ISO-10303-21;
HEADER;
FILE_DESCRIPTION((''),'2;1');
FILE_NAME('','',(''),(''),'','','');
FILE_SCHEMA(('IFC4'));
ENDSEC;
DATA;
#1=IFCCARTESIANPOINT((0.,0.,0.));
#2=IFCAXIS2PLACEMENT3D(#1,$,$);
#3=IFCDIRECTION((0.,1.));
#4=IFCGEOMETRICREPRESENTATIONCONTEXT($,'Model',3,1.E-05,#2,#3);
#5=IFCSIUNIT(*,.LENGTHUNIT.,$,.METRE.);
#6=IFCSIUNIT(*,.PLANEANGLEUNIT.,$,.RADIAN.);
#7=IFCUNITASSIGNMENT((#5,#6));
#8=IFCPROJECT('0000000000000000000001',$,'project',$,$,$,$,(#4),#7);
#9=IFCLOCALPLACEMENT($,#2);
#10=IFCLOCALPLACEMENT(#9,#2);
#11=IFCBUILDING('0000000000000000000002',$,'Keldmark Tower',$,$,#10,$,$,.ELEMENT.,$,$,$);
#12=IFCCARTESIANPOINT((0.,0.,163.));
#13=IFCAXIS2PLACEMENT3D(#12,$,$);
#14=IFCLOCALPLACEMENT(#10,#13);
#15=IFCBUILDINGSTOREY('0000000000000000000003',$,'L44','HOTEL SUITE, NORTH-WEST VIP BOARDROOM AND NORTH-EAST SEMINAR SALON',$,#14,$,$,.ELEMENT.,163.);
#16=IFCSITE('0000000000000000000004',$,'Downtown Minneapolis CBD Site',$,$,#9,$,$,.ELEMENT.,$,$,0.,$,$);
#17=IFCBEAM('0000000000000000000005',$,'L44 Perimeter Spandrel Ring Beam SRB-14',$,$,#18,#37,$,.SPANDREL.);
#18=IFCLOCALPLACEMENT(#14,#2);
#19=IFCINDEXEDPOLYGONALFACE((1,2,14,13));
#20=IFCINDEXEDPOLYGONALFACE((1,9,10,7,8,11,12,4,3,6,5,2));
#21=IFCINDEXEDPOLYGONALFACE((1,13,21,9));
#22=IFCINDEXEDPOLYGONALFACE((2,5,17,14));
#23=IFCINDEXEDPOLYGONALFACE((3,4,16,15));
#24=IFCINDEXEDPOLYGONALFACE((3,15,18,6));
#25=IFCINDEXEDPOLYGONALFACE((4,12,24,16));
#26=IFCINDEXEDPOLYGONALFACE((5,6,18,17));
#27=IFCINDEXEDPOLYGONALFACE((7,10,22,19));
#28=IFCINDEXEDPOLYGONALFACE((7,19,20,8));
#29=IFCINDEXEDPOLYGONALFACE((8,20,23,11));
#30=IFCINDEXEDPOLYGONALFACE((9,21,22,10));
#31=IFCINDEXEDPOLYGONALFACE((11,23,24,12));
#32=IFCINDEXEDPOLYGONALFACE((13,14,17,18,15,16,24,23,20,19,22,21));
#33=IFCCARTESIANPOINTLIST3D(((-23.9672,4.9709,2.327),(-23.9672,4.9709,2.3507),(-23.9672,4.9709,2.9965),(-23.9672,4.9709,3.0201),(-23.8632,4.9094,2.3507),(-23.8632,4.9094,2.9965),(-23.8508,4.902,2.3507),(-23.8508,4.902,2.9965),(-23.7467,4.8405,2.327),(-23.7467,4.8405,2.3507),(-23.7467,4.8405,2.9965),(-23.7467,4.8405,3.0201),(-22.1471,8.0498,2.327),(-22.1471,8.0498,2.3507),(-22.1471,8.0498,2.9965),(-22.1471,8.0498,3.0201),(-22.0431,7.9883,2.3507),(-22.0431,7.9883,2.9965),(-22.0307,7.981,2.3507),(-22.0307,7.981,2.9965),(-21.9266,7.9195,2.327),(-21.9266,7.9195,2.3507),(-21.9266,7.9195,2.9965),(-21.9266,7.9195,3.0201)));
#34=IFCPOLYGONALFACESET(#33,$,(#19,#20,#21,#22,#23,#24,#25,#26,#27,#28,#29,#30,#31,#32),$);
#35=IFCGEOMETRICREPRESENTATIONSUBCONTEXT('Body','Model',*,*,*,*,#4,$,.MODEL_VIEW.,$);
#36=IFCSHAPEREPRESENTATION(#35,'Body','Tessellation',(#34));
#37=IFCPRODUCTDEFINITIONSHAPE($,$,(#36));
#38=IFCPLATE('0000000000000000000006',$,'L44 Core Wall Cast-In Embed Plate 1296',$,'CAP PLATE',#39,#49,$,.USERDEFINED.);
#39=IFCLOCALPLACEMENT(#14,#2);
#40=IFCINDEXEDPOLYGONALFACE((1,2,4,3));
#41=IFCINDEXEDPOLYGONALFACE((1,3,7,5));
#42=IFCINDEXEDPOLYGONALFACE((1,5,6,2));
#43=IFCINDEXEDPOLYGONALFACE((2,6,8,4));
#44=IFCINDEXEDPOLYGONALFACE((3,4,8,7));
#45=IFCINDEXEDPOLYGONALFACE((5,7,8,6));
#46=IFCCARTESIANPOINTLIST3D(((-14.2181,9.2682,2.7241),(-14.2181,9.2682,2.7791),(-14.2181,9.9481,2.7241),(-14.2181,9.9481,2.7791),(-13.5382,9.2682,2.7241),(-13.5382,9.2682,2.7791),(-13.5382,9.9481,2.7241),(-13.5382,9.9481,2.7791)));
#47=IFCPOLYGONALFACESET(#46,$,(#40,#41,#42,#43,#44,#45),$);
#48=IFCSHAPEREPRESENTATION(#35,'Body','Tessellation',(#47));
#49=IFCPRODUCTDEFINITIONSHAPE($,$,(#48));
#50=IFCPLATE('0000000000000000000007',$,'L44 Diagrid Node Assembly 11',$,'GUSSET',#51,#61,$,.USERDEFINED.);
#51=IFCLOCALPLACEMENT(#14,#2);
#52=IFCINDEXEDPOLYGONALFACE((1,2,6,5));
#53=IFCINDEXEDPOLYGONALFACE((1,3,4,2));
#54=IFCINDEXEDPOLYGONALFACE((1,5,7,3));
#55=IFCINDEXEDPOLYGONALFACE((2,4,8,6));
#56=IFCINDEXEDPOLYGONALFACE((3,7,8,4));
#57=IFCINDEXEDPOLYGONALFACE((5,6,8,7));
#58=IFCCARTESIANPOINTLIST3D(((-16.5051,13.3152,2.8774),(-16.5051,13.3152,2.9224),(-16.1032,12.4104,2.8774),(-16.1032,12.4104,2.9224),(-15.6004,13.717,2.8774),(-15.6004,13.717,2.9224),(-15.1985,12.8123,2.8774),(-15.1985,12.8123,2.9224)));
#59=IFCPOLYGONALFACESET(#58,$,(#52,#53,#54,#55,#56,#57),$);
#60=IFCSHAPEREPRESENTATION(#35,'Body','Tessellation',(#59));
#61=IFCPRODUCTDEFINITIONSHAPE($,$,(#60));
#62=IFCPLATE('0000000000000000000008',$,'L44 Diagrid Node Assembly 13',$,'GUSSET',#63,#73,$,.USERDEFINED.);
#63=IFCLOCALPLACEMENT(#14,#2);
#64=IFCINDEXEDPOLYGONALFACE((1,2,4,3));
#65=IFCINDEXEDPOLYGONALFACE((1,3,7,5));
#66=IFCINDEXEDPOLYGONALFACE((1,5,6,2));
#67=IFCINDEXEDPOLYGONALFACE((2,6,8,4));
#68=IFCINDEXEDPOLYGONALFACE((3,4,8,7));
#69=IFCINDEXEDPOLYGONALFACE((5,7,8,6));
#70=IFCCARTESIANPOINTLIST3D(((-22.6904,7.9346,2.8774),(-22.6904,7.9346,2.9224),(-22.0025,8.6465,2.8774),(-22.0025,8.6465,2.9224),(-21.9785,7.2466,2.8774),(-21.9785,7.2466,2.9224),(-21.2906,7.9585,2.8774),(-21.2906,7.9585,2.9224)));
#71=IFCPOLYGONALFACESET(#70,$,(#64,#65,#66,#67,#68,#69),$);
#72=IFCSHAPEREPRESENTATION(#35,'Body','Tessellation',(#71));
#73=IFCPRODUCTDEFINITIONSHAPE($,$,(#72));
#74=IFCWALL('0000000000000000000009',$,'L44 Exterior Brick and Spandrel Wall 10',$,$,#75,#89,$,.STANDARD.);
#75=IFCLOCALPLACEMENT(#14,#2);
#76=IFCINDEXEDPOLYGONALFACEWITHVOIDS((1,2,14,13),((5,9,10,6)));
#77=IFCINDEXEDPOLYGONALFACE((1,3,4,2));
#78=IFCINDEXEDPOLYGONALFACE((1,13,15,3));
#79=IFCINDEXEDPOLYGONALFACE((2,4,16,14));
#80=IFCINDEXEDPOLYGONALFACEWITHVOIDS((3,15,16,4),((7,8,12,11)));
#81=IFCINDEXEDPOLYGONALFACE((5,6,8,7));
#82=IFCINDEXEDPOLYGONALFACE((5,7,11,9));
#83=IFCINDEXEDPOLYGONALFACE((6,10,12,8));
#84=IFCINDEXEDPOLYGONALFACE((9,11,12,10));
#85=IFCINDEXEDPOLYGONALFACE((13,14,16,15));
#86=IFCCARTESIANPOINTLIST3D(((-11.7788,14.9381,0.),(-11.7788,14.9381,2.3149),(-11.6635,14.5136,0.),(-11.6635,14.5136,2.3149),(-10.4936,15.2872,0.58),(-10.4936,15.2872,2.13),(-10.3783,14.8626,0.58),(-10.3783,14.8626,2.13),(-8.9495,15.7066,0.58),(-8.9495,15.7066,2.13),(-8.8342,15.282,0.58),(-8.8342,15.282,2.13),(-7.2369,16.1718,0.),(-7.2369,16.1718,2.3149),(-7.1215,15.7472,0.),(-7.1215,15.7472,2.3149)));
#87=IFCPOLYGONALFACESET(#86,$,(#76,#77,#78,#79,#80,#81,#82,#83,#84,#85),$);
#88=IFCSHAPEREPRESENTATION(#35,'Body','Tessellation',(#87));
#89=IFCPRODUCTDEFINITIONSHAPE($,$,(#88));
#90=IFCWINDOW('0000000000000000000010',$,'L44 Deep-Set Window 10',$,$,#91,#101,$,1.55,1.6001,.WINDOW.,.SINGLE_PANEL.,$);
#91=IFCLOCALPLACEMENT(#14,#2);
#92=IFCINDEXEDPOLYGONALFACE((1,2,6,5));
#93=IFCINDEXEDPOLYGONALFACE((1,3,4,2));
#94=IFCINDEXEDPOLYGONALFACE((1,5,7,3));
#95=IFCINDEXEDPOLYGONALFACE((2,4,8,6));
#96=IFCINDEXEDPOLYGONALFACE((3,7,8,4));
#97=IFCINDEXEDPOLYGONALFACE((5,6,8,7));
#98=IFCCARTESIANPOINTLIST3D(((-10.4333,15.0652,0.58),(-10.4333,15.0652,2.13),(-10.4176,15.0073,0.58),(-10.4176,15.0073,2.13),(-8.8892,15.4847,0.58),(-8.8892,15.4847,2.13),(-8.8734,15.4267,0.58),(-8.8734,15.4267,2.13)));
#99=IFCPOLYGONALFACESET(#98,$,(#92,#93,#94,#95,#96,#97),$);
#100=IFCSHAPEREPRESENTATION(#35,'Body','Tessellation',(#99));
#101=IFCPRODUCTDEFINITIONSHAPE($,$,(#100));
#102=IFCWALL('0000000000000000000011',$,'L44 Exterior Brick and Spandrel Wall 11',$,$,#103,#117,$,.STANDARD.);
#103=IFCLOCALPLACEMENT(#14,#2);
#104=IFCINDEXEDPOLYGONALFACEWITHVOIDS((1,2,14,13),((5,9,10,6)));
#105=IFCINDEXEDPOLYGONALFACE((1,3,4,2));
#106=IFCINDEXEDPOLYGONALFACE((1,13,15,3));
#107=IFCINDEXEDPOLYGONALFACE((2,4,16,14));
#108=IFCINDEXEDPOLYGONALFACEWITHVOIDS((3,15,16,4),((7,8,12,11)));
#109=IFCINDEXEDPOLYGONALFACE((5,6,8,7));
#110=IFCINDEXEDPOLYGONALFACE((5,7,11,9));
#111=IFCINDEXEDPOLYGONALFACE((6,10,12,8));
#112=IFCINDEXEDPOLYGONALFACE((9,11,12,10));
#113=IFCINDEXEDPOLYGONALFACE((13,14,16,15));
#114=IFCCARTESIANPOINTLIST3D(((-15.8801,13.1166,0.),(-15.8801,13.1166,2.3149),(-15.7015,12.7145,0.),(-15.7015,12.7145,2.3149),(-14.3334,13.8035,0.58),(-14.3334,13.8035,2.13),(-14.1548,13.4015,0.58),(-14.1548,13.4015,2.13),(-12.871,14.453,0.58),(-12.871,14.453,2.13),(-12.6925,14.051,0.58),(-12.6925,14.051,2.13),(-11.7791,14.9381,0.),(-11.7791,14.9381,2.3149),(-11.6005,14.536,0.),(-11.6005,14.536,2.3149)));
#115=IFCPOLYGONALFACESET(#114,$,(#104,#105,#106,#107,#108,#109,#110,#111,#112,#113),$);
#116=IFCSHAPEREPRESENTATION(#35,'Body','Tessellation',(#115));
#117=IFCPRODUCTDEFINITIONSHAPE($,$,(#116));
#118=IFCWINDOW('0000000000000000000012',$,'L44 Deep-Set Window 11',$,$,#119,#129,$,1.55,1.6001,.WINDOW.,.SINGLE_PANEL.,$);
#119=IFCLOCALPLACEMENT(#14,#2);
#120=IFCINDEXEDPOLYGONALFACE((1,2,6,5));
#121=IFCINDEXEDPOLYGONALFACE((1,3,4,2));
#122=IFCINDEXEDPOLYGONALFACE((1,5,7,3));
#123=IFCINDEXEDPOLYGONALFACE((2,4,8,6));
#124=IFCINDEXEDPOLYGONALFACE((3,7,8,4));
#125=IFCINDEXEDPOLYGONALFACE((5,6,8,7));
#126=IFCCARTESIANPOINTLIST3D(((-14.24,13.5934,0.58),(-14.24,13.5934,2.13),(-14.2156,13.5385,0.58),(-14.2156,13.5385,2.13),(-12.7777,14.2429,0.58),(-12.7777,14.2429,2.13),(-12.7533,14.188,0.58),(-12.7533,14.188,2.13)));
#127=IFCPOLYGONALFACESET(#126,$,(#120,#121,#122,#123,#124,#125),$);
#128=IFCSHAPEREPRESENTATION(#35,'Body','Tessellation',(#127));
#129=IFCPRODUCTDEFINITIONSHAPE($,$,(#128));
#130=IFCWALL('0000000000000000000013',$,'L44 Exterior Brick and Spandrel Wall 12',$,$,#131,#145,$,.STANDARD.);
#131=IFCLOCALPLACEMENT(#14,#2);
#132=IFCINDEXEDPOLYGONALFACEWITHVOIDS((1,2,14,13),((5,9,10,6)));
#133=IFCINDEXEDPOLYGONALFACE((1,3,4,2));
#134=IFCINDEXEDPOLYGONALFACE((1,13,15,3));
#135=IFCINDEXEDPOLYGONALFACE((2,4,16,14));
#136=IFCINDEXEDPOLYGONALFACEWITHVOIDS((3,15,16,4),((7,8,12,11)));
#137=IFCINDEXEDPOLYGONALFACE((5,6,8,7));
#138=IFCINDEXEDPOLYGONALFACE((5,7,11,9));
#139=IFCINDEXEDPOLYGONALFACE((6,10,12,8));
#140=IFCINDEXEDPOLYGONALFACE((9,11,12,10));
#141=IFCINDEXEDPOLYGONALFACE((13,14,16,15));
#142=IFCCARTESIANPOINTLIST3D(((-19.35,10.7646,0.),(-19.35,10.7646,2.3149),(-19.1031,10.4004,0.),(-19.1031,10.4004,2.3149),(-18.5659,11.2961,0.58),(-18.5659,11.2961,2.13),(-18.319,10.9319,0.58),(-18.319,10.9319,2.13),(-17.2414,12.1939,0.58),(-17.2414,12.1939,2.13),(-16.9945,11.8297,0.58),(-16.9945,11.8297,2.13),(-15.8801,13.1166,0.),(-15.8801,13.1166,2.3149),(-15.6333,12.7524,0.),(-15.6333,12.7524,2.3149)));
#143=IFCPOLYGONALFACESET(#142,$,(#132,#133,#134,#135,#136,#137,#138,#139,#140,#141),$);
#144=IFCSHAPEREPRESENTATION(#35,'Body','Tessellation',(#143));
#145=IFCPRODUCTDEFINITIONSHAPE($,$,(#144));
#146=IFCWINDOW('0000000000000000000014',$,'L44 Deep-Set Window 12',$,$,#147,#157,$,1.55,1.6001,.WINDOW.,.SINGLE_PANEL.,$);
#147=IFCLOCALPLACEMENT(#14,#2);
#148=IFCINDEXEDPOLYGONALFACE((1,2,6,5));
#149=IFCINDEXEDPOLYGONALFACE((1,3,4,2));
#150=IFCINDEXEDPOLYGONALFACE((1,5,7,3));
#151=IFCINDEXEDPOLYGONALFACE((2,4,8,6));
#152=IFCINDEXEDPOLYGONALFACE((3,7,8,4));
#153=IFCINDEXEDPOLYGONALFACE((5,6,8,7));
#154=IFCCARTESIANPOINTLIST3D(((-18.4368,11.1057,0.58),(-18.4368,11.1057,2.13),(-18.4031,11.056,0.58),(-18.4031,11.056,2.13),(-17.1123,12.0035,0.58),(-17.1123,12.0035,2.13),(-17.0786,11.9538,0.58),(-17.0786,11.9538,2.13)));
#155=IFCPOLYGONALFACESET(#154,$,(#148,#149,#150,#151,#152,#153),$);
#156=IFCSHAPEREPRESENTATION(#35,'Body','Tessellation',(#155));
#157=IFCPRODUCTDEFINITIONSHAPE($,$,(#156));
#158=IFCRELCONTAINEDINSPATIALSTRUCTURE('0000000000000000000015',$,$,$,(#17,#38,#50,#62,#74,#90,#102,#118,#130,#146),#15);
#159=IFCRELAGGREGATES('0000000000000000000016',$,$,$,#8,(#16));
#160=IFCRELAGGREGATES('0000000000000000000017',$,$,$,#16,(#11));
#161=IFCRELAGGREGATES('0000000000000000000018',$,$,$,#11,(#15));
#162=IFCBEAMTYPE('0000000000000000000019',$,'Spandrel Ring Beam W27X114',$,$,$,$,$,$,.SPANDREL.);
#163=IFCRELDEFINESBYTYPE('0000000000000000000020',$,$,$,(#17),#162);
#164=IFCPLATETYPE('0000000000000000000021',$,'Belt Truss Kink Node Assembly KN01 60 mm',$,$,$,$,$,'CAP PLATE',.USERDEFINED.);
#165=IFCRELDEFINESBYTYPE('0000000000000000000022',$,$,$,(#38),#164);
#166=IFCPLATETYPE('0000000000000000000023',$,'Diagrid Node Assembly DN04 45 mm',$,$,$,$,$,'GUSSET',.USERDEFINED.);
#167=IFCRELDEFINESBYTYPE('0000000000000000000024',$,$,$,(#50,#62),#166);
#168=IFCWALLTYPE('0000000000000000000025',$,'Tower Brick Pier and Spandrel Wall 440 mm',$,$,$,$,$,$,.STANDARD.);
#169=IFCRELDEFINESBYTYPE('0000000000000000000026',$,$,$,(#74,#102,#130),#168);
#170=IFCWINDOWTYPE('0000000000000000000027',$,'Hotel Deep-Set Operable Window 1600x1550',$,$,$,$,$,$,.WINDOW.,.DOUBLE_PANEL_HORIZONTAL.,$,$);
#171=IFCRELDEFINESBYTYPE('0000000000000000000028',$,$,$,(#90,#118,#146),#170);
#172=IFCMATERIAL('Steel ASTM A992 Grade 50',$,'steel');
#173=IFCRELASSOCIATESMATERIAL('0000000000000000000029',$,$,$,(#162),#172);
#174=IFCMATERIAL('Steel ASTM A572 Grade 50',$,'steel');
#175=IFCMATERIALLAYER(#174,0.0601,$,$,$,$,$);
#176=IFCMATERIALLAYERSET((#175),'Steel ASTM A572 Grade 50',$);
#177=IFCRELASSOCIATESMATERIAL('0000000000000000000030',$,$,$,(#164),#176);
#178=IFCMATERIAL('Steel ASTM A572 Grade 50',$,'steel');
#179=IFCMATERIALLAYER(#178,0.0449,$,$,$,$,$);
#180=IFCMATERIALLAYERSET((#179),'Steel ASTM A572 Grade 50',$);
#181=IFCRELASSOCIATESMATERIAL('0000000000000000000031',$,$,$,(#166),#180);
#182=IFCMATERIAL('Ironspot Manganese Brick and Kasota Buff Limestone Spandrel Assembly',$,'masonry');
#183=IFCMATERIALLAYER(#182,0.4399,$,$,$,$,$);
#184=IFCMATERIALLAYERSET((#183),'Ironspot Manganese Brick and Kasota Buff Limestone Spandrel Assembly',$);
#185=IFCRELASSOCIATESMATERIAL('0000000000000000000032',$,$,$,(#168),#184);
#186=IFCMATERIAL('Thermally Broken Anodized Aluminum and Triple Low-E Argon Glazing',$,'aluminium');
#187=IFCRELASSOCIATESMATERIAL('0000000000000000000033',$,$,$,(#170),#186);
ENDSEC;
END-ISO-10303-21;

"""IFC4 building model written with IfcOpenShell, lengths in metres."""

from ifc_helpers import new_model, si_unit, direction, frame, frame_2d, origin, origin_2d, place, context, subcontext, project, spatial, rectangle, i_section, extrude, material, layer, layer_set, material_profile, profile_set, type_object, element, fill, save


model = new_model("IFC4")

# Units and contexts
model_context = context("Model", 3, precision=1e-05, world=origin(), true_north=direction((0.0, 1.0)))
body_context = subcontext(model_context, "Body", "Model", "MODEL_VIEW")
ifc_project = project(units=[si_unit("LENGTHUNIT", "METRE"), si_unit("PLANEANGLEUNIT", "RADIAN")], contexts=[model_context])

# Site, building, storey
site_placement = place(None, origin())
site = spatial("IfcSite", under=ifc_project, at=site_placement, Name="Downtown Minneapolis CBD Site", CompositionType="ELEMENT", RefElevation=0.0)
building_placement = place(site_placement, origin())
building = spatial("IfcBuilding", under=site, at=building_placement, Name="Keldmark Tower", CompositionType="ELEMENT")
storey_placement = place(building_placement, frame((0.0, 0.0, 163.0)))
storey = spatial("IfcBuildingStorey", under=building, at=storey_placement, Name="L44", Description="HOTEL SUITE, NORTH-WEST VIP BOARDROOM AND NORTH-EAST SEMINAR SALON", CompositionType="ELEMENT", Elevation=163.0)

# Beam
ifc_material_1 = material(Name="Steel ASTM A992 Grade 50", Category="steel")
ifc_material_profile_1 = material_profile(ifc_material_1, i_section(OverallWidth=0.2561, OverallDepth=0.6931, WebThickness=0.0144, FlangeThickness=0.0237, at=origin_2d()), Name="W27X114")
ifc_profile_set_1 = profile_set([ifc_material_profile_1], Name="Steel ASTM A992 Grade 50")
beam_type_1 = type_object("IfcBeamType", Name="Spandrel Ring Beam W27X114", PredefinedType="SPANDREL", material=ifc_profile_set_1)
beam_1_placement = place(storey_placement, frame((-22.0369, 7.9846, 2.6736), z_axis=(-0.508883, -0.860835, 0.0), x_axis=(0.860835, -0.508883, 0.0)))
element("IfcBeam", 1, at=beam_1_placement, inside=storey, type_object=beam_type_1, Name="L44 Perimeter Spandrel Ring Beam SRB-14", PredefinedType="SPANDREL", context=body_context, shape_type="SweptSolid", body=[
    extrude(i_section(OverallWidth=0.2561, OverallDepth=0.6931, WebThickness=0.0144, FlangeThickness=0.0237, at=origin_2d()), origin(), (0.0, 0.0, 1.0), 3.5767),
])

# Plates
ifc_material_2 = material(Name="Steel ASTM A572 Grade 50", Category="steel")
ifc_layer_1 = layer(ifc_material_2, 0.0601)
ifc_layer_set_1 = layer_set([ifc_layer_1], Name="Steel ASTM A572 Grade 50")
plate_type_1 = type_object("IfcPlateType", Name="Belt Truss Kink Node Assembly KN01 60 mm", ElementType="CAP PLATE", PredefinedType="USERDEFINED", material=ifc_layer_set_1)
plate_placement = place(storey_placement, frame((-13.8782, 9.6082, 2.7241), z_axis=(0.0, 0.0, 1.0), x_axis=(1.0, 0.0, 0.0)))
element("IfcPlate", 2, at=plate_placement, inside=storey, type_object=plate_type_1, Name="L44 Core Wall Cast-In Embed Plate 1296", ObjectType="CAP PLATE", PredefinedType="USERDEFINED", context=body_context, shape_type="SweptSolid", body=[
    extrude(rectangle(XDim=0.6799, YDim=0.6799, at=origin_2d()), origin(), (0.0, 0.0, 1.0), 0.0549),
])
ifc_material_3 = material(Name="Steel ASTM A572 Grade 50", Category="steel")
ifc_layer_2 = layer(ifc_material_3, 0.0449)
ifc_layer_set_2 = layer_set([ifc_layer_2], Name="Steel ASTM A572 Grade 50")
plate_type_2 = type_object("IfcPlateType", Name="Diagrid Node Assembly DN04 45 mm", ElementType="GUSSET", PredefinedType="USERDEFINED", material=ifc_layer_set_2)
for number, where, z_axis, x_axis, name in (
    (3, (-15.8518, 13.0637, 2.8774), (0.0, 0.0, 1.0), (-0.9139, -0.405939, 0.0), "L44 Diagrid Node Assembly 11"),
    (4, (-21.9905, 7.9465, 2.8774), (0.0, 0.0, 1.0), (-0.694909, -0.719097, 0.0), "L44 Diagrid Node Assembly 13"),
):
    element("IfcPlate", number, at=place(storey_placement, frame(where, z_axis=z_axis, x_axis=x_axis)), inside=storey, type_object=plate_type_2, Name=name, ObjectType="GUSSET", PredefinedType="USERDEFINED", context=body_context, shape_type="SweptSolid", body=[
        extrude(rectangle(XDim=0.99, YDim=0.99, at=origin_2d()), origin(), (0.0, 0.0, 1.0), 0.0449),
    ])

# Walls, openings, windows
ifc_material_4 = material(Name="Ironspot Manganese Brick and Kasota Buff Limestone Spandrel Assembly", Category="masonry")
ifc_layer_3 = layer(ifc_material_4, 0.4399)
ifc_layer_set_3 = layer_set([ifc_layer_3], Name="Ironspot Manganese Brick and Kasota Buff Limestone Spandrel Assembly")
wall_type_1 = type_object("IfcWallType", Name="Tower Brick Pier and Spandrel Wall 440 mm", PredefinedType="STANDARD", material=ifc_layer_set_3)
wall_1_placement = place(storey_placement, frame((-11.7212, 14.7258, 0.0), z_axis=(0.0, 0.0, 1.0), x_axis=(0.965037, 0.262112, 0.0)))
wall_1 = element("IfcWall", 5, at=wall_1_placement, inside=storey, type_object=wall_type_1, Name="L44 Exterior Brick and Spandrel Wall 10", PredefinedType="STANDARD", context=body_context, shape_type="SweptSolid", body=[
    extrude(rectangle(XDim=4.7065, YDim=0.4399, at=frame_2d((2.3533, 0.0))), origin(), (0.0, 0.0, 1.0), 2.3149),
])
opening_1_placement = place(wall_1_placement, frame((1.3318, 0.0, 0.5801)))
opening_1 = element("IfcOpeningElement", 6, at=opening_1_placement, cuts=wall_1, PredefinedType="OPENING", context=body_context, shape_type="SweptSolid", body=[
    extrude(rectangle(XDim=1.6001, YDim=1.55, at=frame_2d((0.8, 0.7749))), frame((0.0, 0.23, 0.0), z_axis=(0.0, -1.0, 0.0), x_axis=(1.0, 0.0, 0.0)), (0.0, 0.0, 1.0), 0.46),
])
ifc_material_5 = material(Name="Thermally Broken Anodized Aluminum and Triple Low-E Argon Glazing", Category="aluminium")
window_type = type_object("IfcWindowType", Name="Hotel Deep-Set Operable Window 1600x1550", PartitioningType="DOUBLE_PANEL_HORIZONTAL", PredefinedType="WINDOW", material=ifc_material_5)
window_1_placement = place(opening_1_placement, origin())
window_1 = element("IfcWindow", 7, at=window_1_placement, inside=storey, type_object=window_type, Name="L44 Deep-Set Window 10", OverallHeight=1.55, OverallWidth=1.6001, PartitioningType="SINGLE_PANEL", PredefinedType="WINDOW", context=body_context, shape_type="SweptSolid", body=[
    extrude(rectangle(XDim=1.6001, YDim=1.55, at=frame_2d((0.8, 0.7749))), frame((0.0, -0.01, 0.0), z_axis=(0.0, -1.0, 0.0), x_axis=(1.0, 0.0, 0.0)), (0.0, 0.0, 1.0), 0.0601),
])
fill(opening_1, window_1)
wall_2_placement = place(storey_placement, frame((-15.7908, 12.9155, 0.0), z_axis=(0.0, 0.0, 1.0), x_axis=(0.913908, 0.405921, 0.0)))
wall_2 = element("IfcWall", 8, at=wall_2_placement, inside=storey, type_object=wall_type_1, Name="L44 Exterior Brick and Spandrel Wall 11", PredefinedType="STANDARD", context=body_context, shape_type="SweptSolid", body=[
    extrude(rectangle(XDim=4.4873, YDim=0.4399, at=frame_2d((2.2437, 0.0))), origin(), (0.0, 0.0, 1.0), 2.3149),
])
opening_2_placement = place(wall_2_placement, frame((1.6924, 0.0, 0.5801)))
opening_2 = element("IfcOpeningElement", 9, at=opening_2_placement, cuts=wall_2, PredefinedType="OPENING", context=body_context, shape_type="SweptSolid", body=[
    extrude(rectangle(XDim=1.6001, YDim=1.55, at=frame_2d((0.8, 0.7749))), frame((0.0, 0.23, 0.0), z_axis=(0.0, -1.0, 0.0), x_axis=(1.0, 0.0, 0.0)), (0.0, 0.0, 1.0), 0.46),
])
window_2_placement = place(opening_2_placement, origin())
window_2 = element("IfcWindow", 10, at=window_2_placement, inside=storey, type_object=window_type, Name="L44 Deep-Set Window 11", OverallHeight=1.55, OverallWidth=1.6001, PartitioningType="SINGLE_PANEL", PredefinedType="WINDOW", context=body_context, shape_type="SweptSolid", body=[
    extrude(rectangle(XDim=1.6001, YDim=1.55, at=frame_2d((0.8, 0.7749))), frame((0.0, -0.01, 0.0), z_axis=(0.0, -1.0, 0.0), x_axis=(1.0, 0.0, 0.0)), (0.0, 0.0, 1.0), 0.0601),
])
fill(opening_2, window_2)
wall_3_placement = place(storey_placement, frame((-19.2266, 10.5825, 0.0), z_axis=(0.0, 0.0, 1.0), x_axis=(0.827761, 0.561081, 0.0)))
wall_3 = element("IfcWall", 11, at=wall_3_placement, inside=storey, type_object=wall_type_1, Name="L44 Exterior Brick and Spandrel Wall 12", PredefinedType="STANDARD", context=body_context, shape_type="SweptSolid", body=[
    extrude(rectangle(XDim=4.1919, YDim=0.4399, at=frame_2d((2.0959, 0.0))), origin(), (0.0, 0.0, 1.0), 2.3149),
])
opening_3_placement = place(wall_3_placement, frame((0.9473, 0.0, 0.5801)))
opening_3 = element("IfcOpeningElement", 12, at=opening_3_placement, cuts=wall_3, PredefinedType="OPENING", context=body_context, shape_type="SweptSolid", body=[
    extrude(rectangle(XDim=1.6001, YDim=1.55, at=frame_2d((0.8, 0.7749))), frame((0.0, 0.23, 0.0), z_axis=(0.0, -1.0, 0.0), x_axis=(1.0, 0.0, 0.0)), (0.0, 0.0, 1.0), 0.46),
])
window_3_placement = place(opening_3_placement, origin())
window_3 = element("IfcWindow", 13, at=window_3_placement, inside=storey, type_object=window_type, Name="L44 Deep-Set Window 12", OverallHeight=1.55, OverallWidth=1.6001, PartitioningType="SINGLE_PANEL", PredefinedType="WINDOW", context=body_context, shape_type="SweptSolid", body=[
    extrude(rectangle(XDim=1.6001, YDim=1.55, at=frame_2d((0.8, 0.7749))), frame((0.0, -0.01, 0.0), z_axis=(0.0, -1.0, 0.0), x_axis=(1.0, 0.0, 0.0)), (0.0, 0.0, 1.0), 0.0601),
])
fill(opening_3, window_3)

save(model, "model.ifc")
